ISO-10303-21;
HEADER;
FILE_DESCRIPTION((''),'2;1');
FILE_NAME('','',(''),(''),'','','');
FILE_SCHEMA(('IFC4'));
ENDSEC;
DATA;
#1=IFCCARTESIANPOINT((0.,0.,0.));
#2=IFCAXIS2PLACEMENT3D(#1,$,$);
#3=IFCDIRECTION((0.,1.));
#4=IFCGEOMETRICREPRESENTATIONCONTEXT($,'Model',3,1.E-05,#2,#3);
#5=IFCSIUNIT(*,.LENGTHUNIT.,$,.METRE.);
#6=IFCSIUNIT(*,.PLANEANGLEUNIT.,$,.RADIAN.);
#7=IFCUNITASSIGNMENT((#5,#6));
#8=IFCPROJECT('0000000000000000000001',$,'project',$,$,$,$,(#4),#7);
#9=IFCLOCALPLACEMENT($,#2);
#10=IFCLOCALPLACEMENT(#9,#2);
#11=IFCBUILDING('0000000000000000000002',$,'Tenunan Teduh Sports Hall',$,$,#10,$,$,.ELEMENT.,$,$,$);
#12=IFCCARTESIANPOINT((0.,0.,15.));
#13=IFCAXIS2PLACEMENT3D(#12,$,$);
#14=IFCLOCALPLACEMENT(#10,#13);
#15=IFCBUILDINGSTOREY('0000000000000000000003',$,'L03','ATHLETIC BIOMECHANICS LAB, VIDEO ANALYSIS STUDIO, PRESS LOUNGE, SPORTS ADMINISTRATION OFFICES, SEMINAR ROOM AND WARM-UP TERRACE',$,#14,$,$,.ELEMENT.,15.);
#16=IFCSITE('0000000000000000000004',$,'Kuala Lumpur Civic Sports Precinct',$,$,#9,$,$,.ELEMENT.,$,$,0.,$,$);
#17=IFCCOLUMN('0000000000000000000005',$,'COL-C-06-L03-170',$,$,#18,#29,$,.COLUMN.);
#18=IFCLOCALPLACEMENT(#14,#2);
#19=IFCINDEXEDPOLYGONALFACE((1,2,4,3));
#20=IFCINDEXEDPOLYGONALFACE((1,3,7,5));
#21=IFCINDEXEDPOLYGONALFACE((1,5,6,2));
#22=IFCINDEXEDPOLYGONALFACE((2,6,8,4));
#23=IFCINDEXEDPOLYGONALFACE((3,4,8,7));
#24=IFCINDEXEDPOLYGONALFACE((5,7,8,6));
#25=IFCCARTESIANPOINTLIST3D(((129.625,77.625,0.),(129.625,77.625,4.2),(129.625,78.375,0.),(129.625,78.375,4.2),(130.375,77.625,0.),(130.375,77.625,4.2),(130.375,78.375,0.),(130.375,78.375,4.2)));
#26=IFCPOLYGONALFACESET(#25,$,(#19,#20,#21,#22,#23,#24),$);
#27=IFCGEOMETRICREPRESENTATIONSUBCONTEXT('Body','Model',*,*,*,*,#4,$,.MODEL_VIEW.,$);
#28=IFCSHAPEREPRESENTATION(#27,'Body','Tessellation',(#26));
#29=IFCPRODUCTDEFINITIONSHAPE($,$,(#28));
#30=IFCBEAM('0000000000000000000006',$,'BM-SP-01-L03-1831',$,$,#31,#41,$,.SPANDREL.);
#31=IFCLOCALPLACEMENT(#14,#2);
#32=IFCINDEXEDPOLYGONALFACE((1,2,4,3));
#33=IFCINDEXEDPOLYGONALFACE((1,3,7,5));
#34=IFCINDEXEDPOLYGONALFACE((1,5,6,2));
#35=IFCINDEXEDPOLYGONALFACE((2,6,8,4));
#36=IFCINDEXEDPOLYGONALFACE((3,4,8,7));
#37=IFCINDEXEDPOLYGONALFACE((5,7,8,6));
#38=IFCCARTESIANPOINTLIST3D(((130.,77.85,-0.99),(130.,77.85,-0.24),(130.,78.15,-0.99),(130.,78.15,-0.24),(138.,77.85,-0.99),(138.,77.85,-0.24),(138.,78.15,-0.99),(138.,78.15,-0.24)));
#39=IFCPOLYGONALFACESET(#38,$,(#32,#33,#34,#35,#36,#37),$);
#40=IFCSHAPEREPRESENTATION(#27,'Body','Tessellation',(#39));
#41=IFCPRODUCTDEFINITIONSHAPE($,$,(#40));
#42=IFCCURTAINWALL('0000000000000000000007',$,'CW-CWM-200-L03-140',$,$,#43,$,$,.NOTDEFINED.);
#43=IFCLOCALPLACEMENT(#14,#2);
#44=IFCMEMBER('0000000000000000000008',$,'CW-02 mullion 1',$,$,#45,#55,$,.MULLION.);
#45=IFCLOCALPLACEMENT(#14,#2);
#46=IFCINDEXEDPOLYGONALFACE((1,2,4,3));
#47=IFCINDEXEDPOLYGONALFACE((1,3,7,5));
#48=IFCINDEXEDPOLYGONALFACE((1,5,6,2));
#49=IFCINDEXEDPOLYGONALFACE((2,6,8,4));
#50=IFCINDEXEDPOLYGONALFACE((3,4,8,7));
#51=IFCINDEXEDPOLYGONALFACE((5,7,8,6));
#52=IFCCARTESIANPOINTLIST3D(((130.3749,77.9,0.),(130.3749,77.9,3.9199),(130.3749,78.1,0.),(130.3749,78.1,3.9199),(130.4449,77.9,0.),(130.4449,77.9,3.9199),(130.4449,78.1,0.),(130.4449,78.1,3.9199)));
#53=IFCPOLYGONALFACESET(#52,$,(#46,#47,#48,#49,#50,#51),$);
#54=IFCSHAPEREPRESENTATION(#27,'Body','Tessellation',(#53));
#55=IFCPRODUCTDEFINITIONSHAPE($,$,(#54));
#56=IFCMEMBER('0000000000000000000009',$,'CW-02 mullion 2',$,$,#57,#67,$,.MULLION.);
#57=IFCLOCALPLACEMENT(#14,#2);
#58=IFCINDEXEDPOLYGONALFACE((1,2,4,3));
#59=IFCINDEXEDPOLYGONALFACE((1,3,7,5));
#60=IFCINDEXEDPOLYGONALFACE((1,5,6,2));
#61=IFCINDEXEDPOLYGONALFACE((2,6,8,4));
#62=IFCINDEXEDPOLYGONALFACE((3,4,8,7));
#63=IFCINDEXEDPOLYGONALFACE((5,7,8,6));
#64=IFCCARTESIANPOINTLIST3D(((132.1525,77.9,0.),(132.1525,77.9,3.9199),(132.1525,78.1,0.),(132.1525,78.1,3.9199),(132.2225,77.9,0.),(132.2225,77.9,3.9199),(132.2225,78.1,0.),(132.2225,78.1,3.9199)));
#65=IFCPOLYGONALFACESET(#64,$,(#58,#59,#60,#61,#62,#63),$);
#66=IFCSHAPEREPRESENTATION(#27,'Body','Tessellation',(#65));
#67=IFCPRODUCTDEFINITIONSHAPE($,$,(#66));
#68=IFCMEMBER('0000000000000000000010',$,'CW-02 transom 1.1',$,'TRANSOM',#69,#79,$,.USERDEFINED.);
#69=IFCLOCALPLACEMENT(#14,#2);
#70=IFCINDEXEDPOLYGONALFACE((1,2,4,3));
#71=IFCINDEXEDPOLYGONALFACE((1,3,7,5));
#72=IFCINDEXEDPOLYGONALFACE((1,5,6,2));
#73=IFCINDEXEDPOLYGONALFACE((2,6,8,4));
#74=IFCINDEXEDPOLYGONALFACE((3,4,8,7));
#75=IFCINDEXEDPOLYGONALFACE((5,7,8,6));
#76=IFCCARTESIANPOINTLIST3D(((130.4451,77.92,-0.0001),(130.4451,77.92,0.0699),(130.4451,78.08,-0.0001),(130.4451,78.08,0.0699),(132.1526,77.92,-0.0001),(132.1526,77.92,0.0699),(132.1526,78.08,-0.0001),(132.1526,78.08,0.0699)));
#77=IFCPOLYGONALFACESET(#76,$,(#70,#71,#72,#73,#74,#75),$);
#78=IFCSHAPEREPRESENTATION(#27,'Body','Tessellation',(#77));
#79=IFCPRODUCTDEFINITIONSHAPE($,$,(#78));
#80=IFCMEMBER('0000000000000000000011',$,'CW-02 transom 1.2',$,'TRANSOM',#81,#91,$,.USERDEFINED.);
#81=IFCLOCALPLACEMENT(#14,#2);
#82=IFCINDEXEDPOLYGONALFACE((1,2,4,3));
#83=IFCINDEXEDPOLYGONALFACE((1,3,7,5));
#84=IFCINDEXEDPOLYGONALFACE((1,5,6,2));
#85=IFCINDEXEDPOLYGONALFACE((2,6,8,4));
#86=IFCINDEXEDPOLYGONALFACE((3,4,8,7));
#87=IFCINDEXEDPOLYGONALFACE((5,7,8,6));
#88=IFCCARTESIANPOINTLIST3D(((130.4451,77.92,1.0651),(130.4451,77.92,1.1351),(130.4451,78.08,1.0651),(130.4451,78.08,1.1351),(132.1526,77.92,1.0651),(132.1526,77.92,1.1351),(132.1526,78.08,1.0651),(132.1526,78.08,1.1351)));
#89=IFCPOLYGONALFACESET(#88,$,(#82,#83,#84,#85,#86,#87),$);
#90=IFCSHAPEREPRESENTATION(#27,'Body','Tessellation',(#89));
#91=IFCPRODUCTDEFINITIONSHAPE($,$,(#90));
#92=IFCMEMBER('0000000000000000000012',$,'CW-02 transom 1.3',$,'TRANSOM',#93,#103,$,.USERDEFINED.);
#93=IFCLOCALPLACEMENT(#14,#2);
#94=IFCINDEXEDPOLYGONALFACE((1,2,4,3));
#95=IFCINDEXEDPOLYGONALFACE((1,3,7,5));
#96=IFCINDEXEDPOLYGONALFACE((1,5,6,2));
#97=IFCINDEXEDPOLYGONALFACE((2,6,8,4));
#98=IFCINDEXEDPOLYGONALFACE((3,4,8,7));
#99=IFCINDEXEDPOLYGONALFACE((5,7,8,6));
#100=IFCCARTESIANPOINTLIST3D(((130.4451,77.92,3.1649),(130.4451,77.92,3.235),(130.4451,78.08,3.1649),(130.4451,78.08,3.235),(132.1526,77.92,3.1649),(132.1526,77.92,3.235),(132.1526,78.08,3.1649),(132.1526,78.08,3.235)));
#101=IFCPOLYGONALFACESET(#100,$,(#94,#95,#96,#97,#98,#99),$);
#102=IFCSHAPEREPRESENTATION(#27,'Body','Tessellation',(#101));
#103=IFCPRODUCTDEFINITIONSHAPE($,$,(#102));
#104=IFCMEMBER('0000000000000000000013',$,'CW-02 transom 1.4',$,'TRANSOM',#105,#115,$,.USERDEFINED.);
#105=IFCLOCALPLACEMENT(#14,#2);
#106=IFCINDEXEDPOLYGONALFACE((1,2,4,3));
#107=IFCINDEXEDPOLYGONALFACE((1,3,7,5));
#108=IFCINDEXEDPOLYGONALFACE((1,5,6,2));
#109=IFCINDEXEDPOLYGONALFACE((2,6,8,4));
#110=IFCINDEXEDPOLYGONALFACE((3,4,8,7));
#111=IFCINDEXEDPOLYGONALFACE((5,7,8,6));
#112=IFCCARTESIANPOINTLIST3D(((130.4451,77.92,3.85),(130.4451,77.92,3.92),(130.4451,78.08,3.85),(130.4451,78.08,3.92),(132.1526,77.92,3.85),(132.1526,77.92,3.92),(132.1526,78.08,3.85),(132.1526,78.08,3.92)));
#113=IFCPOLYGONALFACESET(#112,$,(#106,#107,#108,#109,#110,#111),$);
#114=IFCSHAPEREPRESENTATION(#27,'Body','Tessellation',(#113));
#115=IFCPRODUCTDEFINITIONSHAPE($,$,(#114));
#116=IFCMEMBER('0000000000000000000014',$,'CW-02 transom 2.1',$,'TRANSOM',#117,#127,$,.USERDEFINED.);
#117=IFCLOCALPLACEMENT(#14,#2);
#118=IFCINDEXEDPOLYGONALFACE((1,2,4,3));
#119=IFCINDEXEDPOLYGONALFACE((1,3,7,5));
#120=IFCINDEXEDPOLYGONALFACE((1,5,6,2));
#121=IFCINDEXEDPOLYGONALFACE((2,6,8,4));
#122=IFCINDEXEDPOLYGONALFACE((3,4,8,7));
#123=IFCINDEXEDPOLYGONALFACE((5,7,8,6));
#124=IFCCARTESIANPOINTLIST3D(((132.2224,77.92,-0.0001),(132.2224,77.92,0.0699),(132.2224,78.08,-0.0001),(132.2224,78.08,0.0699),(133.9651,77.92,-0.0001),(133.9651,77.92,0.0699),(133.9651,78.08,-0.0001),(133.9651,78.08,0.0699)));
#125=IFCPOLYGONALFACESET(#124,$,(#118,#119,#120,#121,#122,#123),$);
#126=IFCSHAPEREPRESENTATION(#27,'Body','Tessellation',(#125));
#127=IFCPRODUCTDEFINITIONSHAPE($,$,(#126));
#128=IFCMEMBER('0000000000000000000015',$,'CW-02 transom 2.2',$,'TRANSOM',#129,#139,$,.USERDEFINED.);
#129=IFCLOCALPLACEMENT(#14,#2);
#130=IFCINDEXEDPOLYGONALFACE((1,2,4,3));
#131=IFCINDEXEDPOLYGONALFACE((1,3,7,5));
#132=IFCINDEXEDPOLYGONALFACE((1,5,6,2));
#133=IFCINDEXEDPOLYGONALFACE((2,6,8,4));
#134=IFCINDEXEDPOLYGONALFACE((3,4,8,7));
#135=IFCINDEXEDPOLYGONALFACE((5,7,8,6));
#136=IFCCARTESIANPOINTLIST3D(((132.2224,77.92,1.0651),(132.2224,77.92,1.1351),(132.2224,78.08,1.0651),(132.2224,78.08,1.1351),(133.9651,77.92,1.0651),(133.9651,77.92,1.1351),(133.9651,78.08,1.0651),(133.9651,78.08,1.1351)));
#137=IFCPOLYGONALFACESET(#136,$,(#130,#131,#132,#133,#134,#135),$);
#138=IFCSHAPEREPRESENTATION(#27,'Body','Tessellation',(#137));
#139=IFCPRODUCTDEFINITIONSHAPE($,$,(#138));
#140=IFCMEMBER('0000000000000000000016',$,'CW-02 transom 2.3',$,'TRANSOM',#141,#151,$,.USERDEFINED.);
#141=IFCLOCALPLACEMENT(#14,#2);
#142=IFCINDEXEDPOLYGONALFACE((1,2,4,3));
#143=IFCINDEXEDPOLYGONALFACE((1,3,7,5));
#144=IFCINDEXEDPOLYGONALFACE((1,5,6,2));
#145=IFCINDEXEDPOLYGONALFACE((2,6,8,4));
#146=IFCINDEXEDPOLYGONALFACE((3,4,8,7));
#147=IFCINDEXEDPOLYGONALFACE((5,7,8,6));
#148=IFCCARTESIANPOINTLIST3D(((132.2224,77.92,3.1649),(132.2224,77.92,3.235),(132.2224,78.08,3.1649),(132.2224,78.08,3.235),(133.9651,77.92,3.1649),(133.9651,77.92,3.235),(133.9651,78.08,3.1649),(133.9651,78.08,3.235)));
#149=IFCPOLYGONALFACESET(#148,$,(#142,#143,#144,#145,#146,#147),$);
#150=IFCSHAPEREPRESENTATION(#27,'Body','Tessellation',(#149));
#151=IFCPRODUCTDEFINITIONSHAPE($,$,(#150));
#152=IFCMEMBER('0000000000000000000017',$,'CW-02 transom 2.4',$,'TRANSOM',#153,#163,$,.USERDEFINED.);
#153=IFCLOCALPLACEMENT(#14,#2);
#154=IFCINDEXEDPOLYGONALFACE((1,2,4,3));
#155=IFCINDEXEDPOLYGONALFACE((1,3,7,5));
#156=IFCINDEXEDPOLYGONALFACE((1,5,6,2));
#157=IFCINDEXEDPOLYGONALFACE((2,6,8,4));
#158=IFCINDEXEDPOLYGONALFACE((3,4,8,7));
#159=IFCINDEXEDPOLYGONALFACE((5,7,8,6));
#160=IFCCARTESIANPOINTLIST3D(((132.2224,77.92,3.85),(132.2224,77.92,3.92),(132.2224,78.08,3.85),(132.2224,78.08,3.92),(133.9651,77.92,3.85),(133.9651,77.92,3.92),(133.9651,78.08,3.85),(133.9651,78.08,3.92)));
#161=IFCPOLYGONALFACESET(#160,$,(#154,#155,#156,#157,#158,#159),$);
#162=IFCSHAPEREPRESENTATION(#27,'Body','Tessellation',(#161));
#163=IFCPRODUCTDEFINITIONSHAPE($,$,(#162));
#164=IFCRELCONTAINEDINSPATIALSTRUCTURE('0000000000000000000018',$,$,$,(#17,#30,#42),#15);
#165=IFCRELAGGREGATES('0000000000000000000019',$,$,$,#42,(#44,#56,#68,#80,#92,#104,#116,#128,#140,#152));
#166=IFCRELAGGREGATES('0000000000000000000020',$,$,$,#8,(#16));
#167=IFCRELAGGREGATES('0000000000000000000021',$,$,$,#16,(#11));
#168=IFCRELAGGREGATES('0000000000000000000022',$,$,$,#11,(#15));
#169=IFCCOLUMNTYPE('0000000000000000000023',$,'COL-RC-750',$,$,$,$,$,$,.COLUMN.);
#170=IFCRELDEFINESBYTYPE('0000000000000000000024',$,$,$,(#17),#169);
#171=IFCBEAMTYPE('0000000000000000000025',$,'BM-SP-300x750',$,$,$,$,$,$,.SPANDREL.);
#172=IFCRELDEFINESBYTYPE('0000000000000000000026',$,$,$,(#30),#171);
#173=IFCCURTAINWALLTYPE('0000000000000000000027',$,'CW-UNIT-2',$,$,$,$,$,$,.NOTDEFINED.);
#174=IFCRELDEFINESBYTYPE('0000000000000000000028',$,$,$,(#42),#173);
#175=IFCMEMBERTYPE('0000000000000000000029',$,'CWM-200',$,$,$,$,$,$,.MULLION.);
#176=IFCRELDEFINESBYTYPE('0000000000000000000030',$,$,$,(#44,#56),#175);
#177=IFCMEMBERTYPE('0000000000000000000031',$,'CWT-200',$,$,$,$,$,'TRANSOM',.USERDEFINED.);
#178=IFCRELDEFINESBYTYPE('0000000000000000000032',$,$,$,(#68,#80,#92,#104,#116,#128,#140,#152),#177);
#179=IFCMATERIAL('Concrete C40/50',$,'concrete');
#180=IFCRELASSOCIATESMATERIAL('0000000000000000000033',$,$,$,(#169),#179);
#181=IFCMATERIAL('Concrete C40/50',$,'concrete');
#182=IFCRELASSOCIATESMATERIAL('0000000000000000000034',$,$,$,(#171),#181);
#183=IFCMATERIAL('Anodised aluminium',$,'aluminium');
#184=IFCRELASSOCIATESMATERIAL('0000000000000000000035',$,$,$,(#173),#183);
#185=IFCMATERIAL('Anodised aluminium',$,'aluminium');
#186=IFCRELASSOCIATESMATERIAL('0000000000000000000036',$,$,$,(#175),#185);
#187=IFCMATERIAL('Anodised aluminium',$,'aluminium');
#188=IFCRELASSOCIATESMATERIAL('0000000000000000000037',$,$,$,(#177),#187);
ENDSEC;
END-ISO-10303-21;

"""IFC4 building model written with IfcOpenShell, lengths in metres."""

from ifc_helpers import new_model, si_unit, direction, frame, origin, origin_2d, place, context, subcontext, project, spatial, rectangle, extrude, material, material_profile, profile_set, type_object, element, aggregate, save


model = new_model("IFC4")

# Units and contexts
model_context = context("Model", 3, precision=1e-05, world=origin(), true_north=direction((0.0, 1.0)))
body_context = subcontext(model_context, "Body", "Model", "MODEL_VIEW")
ifc_project = project(units=[si_unit("LENGTHUNIT", "METRE"), si_unit("PLANEANGLEUNIT", "RADIAN")], contexts=[model_context])

# Site, building, storey
site_placement = place(None, origin())
site = spatial("IfcSite", under=ifc_project, at=site_placement, Name="Kuala Lumpur Civic Sports Precinct", CompositionType="ELEMENT", RefElevation=0.0)
building_placement = place(site_placement, origin())
building = spatial("IfcBuilding", under=site, at=building_placement, Name="Tenunan Teduh Sports Hall", CompositionType="ELEMENT")
storey_placement = place(building_placement, frame((0.0, 0.0, 15.0)))
storey = spatial("IfcBuildingStorey", under=building, at=storey_placement, Name="L03", Description="ATHLETIC BIOMECHANICS LAB, VIDEO ANALYSIS STUDIO, PRESS LOUNGE, SPORTS ADMINISTRATION OFFICES, SEMINAR ROOM AND WARM-UP TERRACE", CompositionType="ELEMENT", Elevation=15.0)

# Column
ifc_material_1 = material(Name="Concrete C40/50", Category="concrete")
ifc_material_profile_1 = material_profile(ifc_material_1, rectangle(XDim=0.75, YDim=0.75, at=origin_2d()), Name="RC 750x750")
ifc_profile_set_1 = profile_set([ifc_material_profile_1], Name="Concrete C40/50")
column_type = type_object("IfcColumnType", Name="COL-RC-750", PredefinedType="COLUMN", material=ifc_profile_set_1)
column_placement = place(storey_placement, frame((130.0, 78.0, 0.0), z_axis=(0.0, 0.0, 1.0), x_axis=(1.0, 0.0, 0.0)))
element("IfcColumn", 1, at=column_placement, inside=storey, type_object=column_type, Name="COL-C-06-L03-170", PredefinedType="COLUMN", context=body_context, shape_type="SweptSolid", body=[
    extrude(rectangle(XDim=0.75, YDim=0.75, at=origin_2d()), origin(), (0.0, 0.0, 1.0), 4.2),
])

# Beam
ifc_material_2 = material(Name="Concrete C40/50", Category="concrete")
ifc_material_profile_2 = material_profile(ifc_material_2, rectangle(XDim=0.3, YDim=0.75, at=origin_2d()), Name="SPB 300x750")
ifc_profile_set_2 = profile_set([ifc_material_profile_2], Name="Concrete C40/50")
beam_type = type_object("IfcBeamType", Name="BM-SP-300x750", PredefinedType="SPANDREL", material=ifc_profile_set_2)
beam_placement = place(storey_placement, frame((130.0, 78.0, -0.615), z_axis=(1.0, 0.0, 0.0), x_axis=(0.0, 1.0, 0.0)))
element("IfcBeam", 2, at=beam_placement, inside=storey, type_object=beam_type, Name="BM-SP-01-L03-1831", PredefinedType="SPANDREL", context=body_context, shape_type="SweptSolid", body=[
    extrude(rectangle(XDim=0.3, YDim=0.75, at=origin_2d()), origin(), (0.0, 0.0, 1.0), 8.0),
])

# Curtain wall, members
ifc_material_3 = material(Name="Anodised aluminium", Category="aluminium")
curtain_wall_type = type_object("IfcCurtainWallType", Name="CW-UNIT-2", PredefinedType="NOTDEFINED", material=ifc_material_3)
curtain_wall_placement = place(storey_placement, origin())
curtain_wall = element("IfcCurtainWall", 3, at=curtain_wall_placement, inside=storey, type_object=curtain_wall_type, Name="CW-CWM-200-L03-140", PredefinedType="NOTDEFINED")
ifc_material_4 = material(Name="Anodised aluminium", Category="aluminium")
ifc_material_profile_3 = material_profile(ifc_material_4, rectangle(XDim=0.0701, YDim=0.2, at=origin_2d()), Name="CWM 70x200")
ifc_profile_set_3 = profile_set([ifc_material_profile_3], Name="Anodised aluminium")
member_type_1 = type_object("IfcMemberType", Name="CWM-200", PredefinedType="MULLION", material=ifc_profile_set_3)
member_1_placement = place(storey_placement, frame((130.4099, 78.0, 0.0), z_axis=(0.0, 0.0, 1.0), x_axis=(1.0, 0.0, 0.0)))
member_1 = element("IfcMember", 4, at=member_1_placement, type_object=member_type_1, Name="CW-02 mullion 1", PredefinedType="MULLION", context=body_context, shape_type="SweptSolid", body=[
    extrude(rectangle(XDim=0.0701, YDim=0.2, at=origin_2d()), origin(), (0.0, 0.0, 1.0), 3.9199),
])
member_2_placement = place(storey_placement, frame((132.1875, 78.0, 0.0), z_axis=(0.0, 0.0, 1.0), x_axis=(1.0, 0.0, 0.0)))
member_2 = element("IfcMember", 5, at=member_2_placement, type_object=member_type_1, Name="CW-02 mullion 2", PredefinedType="MULLION", context=body_context, shape_type="SweptSolid", body=[
    extrude(rectangle(XDim=0.0701, YDim=0.2, at=origin_2d()), origin(), (0.0, 0.0, 1.0), 3.9199),
])
ifc_material_5 = material(Name="Anodised aluminium", Category="aluminium")
ifc_material_profile_4 = material_profile(ifc_material_5, rectangle(XDim=0.0701, YDim=0.1599, at=origin_2d()), Name="CWT 70x160")
ifc_profile_set_4 = profile_set([ifc_material_profile_4], Name="Anodised aluminium")
member_type_2 = type_object("IfcMemberType", Name="CWT-200", ElementType="TRANSOM", PredefinedType="USERDEFINED", material=ifc_profile_set_4)
member_3_placement = place(storey_placement, frame((130.4451, 78.0, 0.0349), z_axis=(1.0, 0.0, 0.0), x_axis=(0.0, 0.0, 1.0)))
member_3 = element("IfcMember", 6, at=member_3_placement, type_object=member_type_2, Name="CW-02 transom 1.1", ObjectType="TRANSOM", PredefinedType="USERDEFINED", context=body_context, shape_type="SweptSolid", body=[
    extrude(rectangle(XDim=0.0701, YDim=0.1599, at=origin_2d()), origin(), (0.0, 0.0, 1.0), 1.7075),
])
member_4_placement = place(storey_placement, frame((130.4451, 78.0, 1.1001), z_axis=(1.0, 0.0, 0.0), x_axis=(0.0, 0.0, 1.0)))
member_4 = element("IfcMember", 7, at=member_4_placement, type_object=member_type_2, Name="CW-02 transom 1.2", ObjectType="TRANSOM", PredefinedType="USERDEFINED", context=body_context, shape_type="SweptSolid", body=[
    extrude(rectangle(XDim=0.0701, YDim=0.1599, at=origin_2d()), origin(), (0.0, 0.0, 1.0), 1.7075),
])
member_5_placement = place(storey_placement, frame((130.4451, 78.0, 3.2), z_axis=(1.0, 0.0, 0.0), x_axis=(0.0, 0.0, 1.0)))
member_5 = element("IfcMember", 8, at=member_5_placement, type_object=member_type_2, Name="CW-02 transom 1.3", ObjectType="TRANSOM", PredefinedType="USERDEFINED", context=body_context, shape_type="SweptSolid", body=[
    extrude(rectangle(XDim=0.0701, YDim=0.1599, at=origin_2d()), origin(), (0.0, 0.0, 1.0), 1.7075),
])
member_6_placement = place(storey_placement, frame((130.4451, 78.0, 3.885), z_axis=(1.0, 0.0, 0.0), x_axis=(0.0, 0.0, 1.0)))
member_6 = element("IfcMember", 9, at=member_6_placement, type_object=member_type_2, Name="CW-02 transom 1.4", ObjectType="TRANSOM", PredefinedType="USERDEFINED", context=body_context, shape_type="SweptSolid", body=[
    extrude(rectangle(XDim=0.0701, YDim=0.1599, at=origin_2d()), origin(), (0.0, 0.0, 1.0), 1.7075),
])
member_7_placement = place(storey_placement, frame((132.2224, 78.0, 0.0349), z_axis=(1.0, 0.0, 0.0), x_axis=(0.0, 0.0, 1.0)))
member_7 = element("IfcMember", 10, at=member_7_placement, type_object=member_type_2, Name="CW-02 transom 2.1", ObjectType="TRANSOM", PredefinedType="USERDEFINED", context=body_context, shape_type="SweptSolid", body=[
    extrude(rectangle(XDim=0.0701, YDim=0.1599, at=origin_2d()), origin(), (0.0, 0.0, 1.0), 1.7427),
])
member_8_placement = place(storey_placement, frame((132.2224, 78.0, 1.1001), z_axis=(1.0, 0.0, 0.0), x_axis=(0.0, 0.0, 1.0)))
member_8 = element("IfcMember", 11, at=member_8_placement, type_object=member_type_2, Name="CW-02 transom 2.2", ObjectType="TRANSOM", PredefinedType="USERDEFINED", context=body_context, shape_type="SweptSolid", body=[
    extrude(rectangle(XDim=0.0701, YDim=0.1599, at=origin_2d()), origin(), (0.0, 0.0, 1.0), 1.7427),
])
member_9_placement = place(storey_placement, frame((132.2224, 78.0, 3.2), z_axis=(1.0, 0.0, 0.0), x_axis=(0.0, 0.0, 1.0)))
member_9 = element("IfcMember", 12, at=member_9_placement, type_object=member_type_2, Name="CW-02 transom 2.3", ObjectType="TRANSOM", PredefinedType="USERDEFINED", context=body_context, shape_type="SweptSolid", body=[
    extrude(rectangle(XDim=0.0701, YDim=0.1599, at=origin_2d()), origin(), (0.0, 0.0, 1.0), 1.7427),
])
member_10_placement = place(storey_placement, frame((132.2224, 78.0, 3.885), z_axis=(1.0, 0.0, 0.0), x_axis=(0.0, 0.0, 1.0)))
member_10 = element("IfcMember", 13, at=member_10_placement, type_object=member_type_2, Name="CW-02 transom 2.4", ObjectType="TRANSOM", PredefinedType="USERDEFINED", context=body_context, shape_type="SweptSolid", body=[
    extrude(rectangle(XDim=0.0701, YDim=0.1599, at=origin_2d()), origin(), (0.0, 0.0, 1.0), 1.7427),
])

aggregate(curtain_wall, [member_1, member_2, member_3, member_4, member_5, member_6, member_7, member_8, member_9, member_10])

save(model, "model.ifc")
